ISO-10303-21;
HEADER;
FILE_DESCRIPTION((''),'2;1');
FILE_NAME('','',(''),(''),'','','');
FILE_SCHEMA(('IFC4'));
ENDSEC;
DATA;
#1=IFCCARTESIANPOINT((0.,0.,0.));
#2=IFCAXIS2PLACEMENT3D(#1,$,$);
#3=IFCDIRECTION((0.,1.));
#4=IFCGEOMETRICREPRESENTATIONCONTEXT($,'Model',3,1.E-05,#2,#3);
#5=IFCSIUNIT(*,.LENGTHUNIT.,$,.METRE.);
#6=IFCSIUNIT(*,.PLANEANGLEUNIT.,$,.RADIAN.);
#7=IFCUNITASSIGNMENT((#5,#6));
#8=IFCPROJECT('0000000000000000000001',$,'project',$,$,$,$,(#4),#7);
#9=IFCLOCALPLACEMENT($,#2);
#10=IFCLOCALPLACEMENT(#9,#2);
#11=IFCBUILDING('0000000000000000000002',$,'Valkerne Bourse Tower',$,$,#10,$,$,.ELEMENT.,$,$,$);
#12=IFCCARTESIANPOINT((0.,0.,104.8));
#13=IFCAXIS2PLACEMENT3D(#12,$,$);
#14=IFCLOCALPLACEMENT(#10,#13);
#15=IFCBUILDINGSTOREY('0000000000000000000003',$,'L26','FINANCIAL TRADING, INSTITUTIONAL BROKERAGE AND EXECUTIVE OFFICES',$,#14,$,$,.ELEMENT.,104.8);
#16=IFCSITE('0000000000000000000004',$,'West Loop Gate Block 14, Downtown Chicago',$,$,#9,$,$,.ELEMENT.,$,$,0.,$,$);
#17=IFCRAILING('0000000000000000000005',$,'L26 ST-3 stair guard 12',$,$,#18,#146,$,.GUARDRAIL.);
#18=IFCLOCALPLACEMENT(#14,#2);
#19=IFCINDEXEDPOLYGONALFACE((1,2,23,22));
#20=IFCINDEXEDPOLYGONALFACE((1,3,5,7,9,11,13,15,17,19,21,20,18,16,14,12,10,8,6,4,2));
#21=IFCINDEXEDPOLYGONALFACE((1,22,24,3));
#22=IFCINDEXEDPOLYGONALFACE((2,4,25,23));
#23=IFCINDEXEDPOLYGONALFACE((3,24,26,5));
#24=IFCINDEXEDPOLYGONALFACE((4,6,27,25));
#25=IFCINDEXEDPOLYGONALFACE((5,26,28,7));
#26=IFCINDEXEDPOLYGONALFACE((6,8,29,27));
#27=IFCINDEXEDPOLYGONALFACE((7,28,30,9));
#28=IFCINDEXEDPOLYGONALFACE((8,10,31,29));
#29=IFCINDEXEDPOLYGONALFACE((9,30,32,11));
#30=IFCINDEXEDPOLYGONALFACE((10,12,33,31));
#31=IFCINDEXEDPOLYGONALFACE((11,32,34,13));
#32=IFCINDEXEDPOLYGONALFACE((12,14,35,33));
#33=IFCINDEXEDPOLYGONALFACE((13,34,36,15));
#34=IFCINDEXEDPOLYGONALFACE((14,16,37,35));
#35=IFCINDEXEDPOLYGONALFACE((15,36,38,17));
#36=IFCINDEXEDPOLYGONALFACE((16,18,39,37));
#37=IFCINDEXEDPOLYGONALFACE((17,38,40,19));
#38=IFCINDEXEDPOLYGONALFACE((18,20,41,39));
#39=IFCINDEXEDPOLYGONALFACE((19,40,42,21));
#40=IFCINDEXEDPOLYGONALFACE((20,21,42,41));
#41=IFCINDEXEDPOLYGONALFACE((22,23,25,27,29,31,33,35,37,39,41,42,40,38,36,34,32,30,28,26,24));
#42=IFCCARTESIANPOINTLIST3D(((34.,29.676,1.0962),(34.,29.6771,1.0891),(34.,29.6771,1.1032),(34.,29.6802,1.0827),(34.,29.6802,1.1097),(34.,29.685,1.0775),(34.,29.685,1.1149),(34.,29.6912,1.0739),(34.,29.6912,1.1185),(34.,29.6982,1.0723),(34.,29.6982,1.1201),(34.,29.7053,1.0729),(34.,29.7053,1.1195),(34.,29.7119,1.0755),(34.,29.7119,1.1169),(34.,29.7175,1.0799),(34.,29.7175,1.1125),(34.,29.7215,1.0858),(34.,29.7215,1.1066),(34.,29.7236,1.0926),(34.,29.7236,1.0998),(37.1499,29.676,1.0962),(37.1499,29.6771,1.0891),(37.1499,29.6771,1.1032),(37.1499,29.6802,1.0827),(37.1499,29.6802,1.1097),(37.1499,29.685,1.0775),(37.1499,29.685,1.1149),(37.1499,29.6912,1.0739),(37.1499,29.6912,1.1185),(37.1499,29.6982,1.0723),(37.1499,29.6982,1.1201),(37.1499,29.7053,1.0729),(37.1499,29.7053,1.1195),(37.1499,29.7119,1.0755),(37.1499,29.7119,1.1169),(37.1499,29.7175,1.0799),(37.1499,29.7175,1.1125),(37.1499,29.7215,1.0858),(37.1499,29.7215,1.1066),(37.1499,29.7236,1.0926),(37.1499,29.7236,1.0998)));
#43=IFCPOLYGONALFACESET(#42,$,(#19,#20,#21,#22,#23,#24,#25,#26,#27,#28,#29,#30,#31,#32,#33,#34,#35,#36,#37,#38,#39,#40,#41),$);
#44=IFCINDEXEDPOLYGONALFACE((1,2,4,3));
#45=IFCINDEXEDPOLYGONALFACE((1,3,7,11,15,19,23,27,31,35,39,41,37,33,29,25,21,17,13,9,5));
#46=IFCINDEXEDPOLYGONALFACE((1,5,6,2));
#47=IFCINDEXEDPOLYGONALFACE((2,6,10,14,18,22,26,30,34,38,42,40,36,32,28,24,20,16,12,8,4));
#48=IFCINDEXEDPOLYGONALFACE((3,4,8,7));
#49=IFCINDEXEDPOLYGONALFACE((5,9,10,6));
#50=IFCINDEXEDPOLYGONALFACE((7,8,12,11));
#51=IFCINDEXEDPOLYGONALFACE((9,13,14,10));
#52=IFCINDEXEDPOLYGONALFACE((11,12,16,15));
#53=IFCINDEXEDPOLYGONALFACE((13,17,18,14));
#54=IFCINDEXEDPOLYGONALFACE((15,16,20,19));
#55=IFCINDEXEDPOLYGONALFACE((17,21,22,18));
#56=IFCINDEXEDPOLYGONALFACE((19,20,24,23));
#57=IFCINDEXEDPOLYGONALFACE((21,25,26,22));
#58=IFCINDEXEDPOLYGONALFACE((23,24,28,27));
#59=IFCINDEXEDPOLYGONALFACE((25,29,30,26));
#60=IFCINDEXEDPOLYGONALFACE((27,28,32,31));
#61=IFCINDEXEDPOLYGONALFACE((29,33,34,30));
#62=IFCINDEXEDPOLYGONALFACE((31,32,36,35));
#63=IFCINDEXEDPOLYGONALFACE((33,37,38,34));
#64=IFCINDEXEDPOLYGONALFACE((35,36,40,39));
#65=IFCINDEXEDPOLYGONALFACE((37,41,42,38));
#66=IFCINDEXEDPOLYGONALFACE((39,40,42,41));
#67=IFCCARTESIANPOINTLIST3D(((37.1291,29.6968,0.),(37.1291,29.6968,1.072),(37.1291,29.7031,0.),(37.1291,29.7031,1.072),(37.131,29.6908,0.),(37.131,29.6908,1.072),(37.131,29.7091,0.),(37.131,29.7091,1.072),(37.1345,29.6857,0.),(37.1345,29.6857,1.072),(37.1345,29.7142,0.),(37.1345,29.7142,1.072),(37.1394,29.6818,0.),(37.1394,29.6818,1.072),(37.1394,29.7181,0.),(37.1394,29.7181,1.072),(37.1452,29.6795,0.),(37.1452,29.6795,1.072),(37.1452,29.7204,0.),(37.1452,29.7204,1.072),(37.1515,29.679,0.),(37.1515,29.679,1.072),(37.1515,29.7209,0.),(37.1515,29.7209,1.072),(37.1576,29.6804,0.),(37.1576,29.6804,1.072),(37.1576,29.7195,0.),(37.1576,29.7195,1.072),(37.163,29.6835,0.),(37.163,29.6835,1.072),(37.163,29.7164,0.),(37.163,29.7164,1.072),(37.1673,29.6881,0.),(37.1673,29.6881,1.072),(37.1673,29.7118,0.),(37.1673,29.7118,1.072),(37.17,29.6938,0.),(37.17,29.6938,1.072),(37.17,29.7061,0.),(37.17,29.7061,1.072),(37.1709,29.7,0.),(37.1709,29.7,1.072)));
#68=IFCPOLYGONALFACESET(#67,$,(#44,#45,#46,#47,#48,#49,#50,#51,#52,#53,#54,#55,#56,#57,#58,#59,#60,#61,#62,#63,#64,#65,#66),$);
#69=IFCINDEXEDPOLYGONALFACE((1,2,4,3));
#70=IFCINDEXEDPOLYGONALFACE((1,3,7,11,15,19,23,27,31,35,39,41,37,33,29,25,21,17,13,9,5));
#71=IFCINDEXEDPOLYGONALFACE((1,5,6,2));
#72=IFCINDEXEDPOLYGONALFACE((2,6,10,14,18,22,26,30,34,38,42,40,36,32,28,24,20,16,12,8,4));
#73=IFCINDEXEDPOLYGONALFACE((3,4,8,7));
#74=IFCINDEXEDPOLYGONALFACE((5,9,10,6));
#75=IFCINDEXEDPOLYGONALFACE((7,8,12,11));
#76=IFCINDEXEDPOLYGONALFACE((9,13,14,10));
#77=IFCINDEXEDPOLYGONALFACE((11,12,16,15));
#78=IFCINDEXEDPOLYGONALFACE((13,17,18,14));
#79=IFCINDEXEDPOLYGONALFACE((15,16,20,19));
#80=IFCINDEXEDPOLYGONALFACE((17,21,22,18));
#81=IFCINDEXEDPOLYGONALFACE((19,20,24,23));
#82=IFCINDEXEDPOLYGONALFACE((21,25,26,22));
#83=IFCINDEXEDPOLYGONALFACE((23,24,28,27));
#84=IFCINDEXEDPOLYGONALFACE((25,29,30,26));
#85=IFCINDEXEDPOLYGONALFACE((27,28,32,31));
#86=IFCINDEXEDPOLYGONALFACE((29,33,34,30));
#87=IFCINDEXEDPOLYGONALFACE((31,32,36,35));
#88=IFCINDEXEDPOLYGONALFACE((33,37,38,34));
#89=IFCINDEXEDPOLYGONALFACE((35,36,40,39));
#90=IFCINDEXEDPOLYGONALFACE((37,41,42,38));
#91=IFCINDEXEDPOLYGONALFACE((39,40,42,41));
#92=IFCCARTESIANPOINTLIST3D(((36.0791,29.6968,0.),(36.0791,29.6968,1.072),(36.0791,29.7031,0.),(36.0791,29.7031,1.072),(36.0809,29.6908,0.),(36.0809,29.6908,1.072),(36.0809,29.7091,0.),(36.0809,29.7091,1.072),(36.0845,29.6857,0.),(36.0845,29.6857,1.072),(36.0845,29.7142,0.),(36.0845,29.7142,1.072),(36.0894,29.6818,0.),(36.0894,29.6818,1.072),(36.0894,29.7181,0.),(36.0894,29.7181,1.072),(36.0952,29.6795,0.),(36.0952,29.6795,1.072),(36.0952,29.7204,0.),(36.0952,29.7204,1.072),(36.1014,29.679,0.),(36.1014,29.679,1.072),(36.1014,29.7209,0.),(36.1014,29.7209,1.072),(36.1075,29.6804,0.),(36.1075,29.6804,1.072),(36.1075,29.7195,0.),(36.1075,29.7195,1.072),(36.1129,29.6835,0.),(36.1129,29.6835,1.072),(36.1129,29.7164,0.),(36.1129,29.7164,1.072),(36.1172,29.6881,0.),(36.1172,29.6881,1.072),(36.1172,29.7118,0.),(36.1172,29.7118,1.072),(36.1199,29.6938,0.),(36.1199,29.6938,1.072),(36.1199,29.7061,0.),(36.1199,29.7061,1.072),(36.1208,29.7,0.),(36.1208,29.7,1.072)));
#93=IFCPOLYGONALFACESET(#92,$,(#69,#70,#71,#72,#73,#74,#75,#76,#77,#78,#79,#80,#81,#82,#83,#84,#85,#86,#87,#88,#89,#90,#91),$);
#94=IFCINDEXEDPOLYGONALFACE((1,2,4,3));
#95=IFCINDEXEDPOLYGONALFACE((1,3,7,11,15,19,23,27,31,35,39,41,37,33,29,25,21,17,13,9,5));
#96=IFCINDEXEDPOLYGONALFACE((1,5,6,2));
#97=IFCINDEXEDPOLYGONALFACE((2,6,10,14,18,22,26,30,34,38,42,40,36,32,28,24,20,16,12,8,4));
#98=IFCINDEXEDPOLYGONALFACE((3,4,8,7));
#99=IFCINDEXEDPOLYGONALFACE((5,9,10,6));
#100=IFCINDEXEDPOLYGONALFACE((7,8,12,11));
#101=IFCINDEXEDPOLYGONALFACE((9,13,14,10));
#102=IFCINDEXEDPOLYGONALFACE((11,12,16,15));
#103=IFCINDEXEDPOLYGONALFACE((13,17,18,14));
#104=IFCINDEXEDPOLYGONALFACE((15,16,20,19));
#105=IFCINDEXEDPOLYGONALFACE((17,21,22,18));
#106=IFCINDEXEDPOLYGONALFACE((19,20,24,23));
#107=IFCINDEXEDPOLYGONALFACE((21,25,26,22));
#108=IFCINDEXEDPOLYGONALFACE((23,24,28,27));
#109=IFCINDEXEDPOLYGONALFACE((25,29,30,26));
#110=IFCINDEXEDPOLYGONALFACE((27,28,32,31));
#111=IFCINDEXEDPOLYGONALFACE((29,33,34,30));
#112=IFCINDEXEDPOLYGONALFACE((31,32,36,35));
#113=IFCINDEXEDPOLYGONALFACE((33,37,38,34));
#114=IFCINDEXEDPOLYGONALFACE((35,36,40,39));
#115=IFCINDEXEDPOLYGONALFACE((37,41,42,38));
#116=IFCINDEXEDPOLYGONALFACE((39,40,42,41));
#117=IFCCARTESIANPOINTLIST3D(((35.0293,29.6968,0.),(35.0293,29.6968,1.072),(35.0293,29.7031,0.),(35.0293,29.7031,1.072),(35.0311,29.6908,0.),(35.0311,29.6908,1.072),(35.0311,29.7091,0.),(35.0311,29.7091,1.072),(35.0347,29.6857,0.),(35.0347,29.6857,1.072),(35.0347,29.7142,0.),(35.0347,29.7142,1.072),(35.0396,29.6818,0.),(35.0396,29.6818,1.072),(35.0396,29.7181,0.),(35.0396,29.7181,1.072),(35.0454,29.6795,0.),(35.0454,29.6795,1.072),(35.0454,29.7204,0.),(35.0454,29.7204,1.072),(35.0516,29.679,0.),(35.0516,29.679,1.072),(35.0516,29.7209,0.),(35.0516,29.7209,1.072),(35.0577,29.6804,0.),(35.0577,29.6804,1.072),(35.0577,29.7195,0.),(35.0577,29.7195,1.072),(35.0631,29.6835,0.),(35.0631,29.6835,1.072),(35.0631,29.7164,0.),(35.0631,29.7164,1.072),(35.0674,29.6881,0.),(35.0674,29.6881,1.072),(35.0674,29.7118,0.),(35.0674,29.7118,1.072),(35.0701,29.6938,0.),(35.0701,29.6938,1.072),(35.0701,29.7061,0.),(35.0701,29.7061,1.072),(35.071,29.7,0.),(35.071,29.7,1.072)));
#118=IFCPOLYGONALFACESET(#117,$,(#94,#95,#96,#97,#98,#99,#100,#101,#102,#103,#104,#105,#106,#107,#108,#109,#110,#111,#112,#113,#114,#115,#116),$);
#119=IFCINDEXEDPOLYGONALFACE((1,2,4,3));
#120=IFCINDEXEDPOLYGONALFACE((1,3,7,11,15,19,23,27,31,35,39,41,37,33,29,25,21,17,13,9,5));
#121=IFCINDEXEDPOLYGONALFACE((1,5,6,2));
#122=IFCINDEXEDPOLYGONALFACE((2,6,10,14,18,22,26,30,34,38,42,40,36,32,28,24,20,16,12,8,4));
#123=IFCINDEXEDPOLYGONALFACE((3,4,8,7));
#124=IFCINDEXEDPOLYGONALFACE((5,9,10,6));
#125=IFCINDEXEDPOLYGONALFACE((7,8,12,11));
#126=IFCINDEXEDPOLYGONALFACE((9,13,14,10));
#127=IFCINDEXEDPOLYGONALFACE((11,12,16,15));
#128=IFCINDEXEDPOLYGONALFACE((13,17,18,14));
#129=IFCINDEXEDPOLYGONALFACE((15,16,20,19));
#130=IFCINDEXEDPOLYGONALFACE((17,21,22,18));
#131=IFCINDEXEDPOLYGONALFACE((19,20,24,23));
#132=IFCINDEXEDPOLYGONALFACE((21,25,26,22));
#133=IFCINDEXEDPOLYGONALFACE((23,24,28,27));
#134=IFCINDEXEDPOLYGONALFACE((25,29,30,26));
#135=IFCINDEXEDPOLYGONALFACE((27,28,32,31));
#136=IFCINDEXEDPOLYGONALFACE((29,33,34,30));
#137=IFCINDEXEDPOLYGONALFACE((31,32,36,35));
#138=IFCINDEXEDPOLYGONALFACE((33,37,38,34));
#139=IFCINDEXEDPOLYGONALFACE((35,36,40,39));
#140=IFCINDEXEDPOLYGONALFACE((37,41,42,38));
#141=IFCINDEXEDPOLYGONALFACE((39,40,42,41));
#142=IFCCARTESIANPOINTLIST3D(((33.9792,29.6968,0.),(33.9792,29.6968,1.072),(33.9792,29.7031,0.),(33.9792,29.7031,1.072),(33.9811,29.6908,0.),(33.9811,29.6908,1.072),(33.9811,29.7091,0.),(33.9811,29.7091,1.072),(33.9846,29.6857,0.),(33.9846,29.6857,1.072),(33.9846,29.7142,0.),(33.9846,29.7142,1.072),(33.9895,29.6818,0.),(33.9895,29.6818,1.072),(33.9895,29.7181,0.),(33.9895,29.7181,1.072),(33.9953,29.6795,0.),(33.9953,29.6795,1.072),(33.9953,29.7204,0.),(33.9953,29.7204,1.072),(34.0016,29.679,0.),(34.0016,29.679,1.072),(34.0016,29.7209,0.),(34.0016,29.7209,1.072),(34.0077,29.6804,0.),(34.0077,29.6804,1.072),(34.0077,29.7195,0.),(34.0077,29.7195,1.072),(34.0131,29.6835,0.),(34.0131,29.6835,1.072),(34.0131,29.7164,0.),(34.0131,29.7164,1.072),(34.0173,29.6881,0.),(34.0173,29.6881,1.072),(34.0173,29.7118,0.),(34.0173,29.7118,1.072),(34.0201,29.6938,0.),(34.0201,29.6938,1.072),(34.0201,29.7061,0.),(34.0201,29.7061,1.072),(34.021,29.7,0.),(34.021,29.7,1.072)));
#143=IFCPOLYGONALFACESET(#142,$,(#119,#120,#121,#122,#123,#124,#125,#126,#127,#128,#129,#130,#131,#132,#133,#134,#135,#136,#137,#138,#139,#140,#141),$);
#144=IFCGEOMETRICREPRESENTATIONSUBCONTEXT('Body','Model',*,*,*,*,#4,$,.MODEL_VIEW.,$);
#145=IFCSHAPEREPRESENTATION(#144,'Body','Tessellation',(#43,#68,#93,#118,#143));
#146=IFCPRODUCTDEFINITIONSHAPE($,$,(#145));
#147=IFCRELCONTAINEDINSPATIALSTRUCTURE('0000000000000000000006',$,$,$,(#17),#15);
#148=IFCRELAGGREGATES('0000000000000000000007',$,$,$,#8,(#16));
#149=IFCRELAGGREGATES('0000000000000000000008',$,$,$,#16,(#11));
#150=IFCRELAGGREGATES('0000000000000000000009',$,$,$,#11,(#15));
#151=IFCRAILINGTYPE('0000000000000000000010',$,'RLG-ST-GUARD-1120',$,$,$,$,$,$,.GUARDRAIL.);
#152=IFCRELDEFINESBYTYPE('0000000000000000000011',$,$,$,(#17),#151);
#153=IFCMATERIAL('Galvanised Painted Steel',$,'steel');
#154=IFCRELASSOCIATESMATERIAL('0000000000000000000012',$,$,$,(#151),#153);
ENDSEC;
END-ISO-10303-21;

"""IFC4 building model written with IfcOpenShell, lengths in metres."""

from ifc_helpers import new_model, si_unit, direction, frame, origin, origin_2d, place, context, subcontext, project, spatial, circle, extrude, material, type_object, element, save


model = new_model("IFC4")

# Units and contexts
model_context = context("Model", 3, precision=1e-05, world=origin(), true_north=direction((0.0, 1.0)))
body_context = subcontext(model_context, "Body", "Model", "MODEL_VIEW")
ifc_project = project(units=[si_unit("LENGTHUNIT", "METRE"), si_unit("PLANEANGLEUNIT", "RADIAN")], contexts=[model_context])

# Site, building, storey
site_placement = place(None, origin())
site = spatial("IfcSite", under=ifc_project, at=site_placement, Name="West Loop Gate Block 14, Downtown Chicago", CompositionType="ELEMENT", RefElevation=0.0)
building_placement = place(site_placement, origin())
building = spatial("IfcBuilding", under=site, at=building_placement, Name="Valkerne Bourse Tower", CompositionType="ELEMENT")
storey_placement = place(building_placement, frame((0.0, 0.0, 104.8)))
storey = spatial("IfcBuildingStorey", under=building, at=storey_placement, Name="L26", Description="FINANCIAL TRADING, INSTITUTIONAL BROKERAGE AND EXECUTIVE OFFICES", CompositionType="ELEMENT", Elevation=104.8)

# Shared definitions
ifc_material_1 = material(Name="Galvanised Painted Steel", Category="steel")

# Railing
railing_type_1 = type_object("IfcRailingType", Name="RLG-ST-GUARD-1120", PredefinedType="GUARDRAIL", material=ifc_material_1)
railing_1_placement = place(storey_placement, frame((37.1499, 29.7, 0.0)))
element("IfcRailing", 1, at=railing_1_placement, inside=storey, type_object=railing_type_1, Name="L26 ST-3 stair guard 12", PredefinedType="GUARDRAIL", context=body_context, shape_type="SweptSolid", body=[
    extrude(circle(Radius=0.0239, at=origin_2d()), frame((0.0, 0.0, 1.0962), z_axis=(-1.0, 0.0, 0.0), x_axis=(0.0, -1.0, 0.0)), (0.0, 0.0, 1.0), 3.1499),
    extrude(circle(Radius=0.021, at=origin_2d()), origin(), (0.0, 0.0, 1.0), 1.072),
    extrude(circle(Radius=0.021, at=origin_2d()), frame((-1.05, 0.0, 0.0)), (0.0, 0.0, 1.0), 1.072),
    extrude(circle(Radius=0.021, at=origin_2d()), frame((-2.0999, 0.0, 0.0)), (0.0, 0.0, 1.0), 1.072),
    extrude(circle(Radius=0.021, at=origin_2d()), frame((-3.1499, 0.0, 0.0)), (0.0, 0.0, 1.0), 1.072),
])

save(model, "model.ifc")
